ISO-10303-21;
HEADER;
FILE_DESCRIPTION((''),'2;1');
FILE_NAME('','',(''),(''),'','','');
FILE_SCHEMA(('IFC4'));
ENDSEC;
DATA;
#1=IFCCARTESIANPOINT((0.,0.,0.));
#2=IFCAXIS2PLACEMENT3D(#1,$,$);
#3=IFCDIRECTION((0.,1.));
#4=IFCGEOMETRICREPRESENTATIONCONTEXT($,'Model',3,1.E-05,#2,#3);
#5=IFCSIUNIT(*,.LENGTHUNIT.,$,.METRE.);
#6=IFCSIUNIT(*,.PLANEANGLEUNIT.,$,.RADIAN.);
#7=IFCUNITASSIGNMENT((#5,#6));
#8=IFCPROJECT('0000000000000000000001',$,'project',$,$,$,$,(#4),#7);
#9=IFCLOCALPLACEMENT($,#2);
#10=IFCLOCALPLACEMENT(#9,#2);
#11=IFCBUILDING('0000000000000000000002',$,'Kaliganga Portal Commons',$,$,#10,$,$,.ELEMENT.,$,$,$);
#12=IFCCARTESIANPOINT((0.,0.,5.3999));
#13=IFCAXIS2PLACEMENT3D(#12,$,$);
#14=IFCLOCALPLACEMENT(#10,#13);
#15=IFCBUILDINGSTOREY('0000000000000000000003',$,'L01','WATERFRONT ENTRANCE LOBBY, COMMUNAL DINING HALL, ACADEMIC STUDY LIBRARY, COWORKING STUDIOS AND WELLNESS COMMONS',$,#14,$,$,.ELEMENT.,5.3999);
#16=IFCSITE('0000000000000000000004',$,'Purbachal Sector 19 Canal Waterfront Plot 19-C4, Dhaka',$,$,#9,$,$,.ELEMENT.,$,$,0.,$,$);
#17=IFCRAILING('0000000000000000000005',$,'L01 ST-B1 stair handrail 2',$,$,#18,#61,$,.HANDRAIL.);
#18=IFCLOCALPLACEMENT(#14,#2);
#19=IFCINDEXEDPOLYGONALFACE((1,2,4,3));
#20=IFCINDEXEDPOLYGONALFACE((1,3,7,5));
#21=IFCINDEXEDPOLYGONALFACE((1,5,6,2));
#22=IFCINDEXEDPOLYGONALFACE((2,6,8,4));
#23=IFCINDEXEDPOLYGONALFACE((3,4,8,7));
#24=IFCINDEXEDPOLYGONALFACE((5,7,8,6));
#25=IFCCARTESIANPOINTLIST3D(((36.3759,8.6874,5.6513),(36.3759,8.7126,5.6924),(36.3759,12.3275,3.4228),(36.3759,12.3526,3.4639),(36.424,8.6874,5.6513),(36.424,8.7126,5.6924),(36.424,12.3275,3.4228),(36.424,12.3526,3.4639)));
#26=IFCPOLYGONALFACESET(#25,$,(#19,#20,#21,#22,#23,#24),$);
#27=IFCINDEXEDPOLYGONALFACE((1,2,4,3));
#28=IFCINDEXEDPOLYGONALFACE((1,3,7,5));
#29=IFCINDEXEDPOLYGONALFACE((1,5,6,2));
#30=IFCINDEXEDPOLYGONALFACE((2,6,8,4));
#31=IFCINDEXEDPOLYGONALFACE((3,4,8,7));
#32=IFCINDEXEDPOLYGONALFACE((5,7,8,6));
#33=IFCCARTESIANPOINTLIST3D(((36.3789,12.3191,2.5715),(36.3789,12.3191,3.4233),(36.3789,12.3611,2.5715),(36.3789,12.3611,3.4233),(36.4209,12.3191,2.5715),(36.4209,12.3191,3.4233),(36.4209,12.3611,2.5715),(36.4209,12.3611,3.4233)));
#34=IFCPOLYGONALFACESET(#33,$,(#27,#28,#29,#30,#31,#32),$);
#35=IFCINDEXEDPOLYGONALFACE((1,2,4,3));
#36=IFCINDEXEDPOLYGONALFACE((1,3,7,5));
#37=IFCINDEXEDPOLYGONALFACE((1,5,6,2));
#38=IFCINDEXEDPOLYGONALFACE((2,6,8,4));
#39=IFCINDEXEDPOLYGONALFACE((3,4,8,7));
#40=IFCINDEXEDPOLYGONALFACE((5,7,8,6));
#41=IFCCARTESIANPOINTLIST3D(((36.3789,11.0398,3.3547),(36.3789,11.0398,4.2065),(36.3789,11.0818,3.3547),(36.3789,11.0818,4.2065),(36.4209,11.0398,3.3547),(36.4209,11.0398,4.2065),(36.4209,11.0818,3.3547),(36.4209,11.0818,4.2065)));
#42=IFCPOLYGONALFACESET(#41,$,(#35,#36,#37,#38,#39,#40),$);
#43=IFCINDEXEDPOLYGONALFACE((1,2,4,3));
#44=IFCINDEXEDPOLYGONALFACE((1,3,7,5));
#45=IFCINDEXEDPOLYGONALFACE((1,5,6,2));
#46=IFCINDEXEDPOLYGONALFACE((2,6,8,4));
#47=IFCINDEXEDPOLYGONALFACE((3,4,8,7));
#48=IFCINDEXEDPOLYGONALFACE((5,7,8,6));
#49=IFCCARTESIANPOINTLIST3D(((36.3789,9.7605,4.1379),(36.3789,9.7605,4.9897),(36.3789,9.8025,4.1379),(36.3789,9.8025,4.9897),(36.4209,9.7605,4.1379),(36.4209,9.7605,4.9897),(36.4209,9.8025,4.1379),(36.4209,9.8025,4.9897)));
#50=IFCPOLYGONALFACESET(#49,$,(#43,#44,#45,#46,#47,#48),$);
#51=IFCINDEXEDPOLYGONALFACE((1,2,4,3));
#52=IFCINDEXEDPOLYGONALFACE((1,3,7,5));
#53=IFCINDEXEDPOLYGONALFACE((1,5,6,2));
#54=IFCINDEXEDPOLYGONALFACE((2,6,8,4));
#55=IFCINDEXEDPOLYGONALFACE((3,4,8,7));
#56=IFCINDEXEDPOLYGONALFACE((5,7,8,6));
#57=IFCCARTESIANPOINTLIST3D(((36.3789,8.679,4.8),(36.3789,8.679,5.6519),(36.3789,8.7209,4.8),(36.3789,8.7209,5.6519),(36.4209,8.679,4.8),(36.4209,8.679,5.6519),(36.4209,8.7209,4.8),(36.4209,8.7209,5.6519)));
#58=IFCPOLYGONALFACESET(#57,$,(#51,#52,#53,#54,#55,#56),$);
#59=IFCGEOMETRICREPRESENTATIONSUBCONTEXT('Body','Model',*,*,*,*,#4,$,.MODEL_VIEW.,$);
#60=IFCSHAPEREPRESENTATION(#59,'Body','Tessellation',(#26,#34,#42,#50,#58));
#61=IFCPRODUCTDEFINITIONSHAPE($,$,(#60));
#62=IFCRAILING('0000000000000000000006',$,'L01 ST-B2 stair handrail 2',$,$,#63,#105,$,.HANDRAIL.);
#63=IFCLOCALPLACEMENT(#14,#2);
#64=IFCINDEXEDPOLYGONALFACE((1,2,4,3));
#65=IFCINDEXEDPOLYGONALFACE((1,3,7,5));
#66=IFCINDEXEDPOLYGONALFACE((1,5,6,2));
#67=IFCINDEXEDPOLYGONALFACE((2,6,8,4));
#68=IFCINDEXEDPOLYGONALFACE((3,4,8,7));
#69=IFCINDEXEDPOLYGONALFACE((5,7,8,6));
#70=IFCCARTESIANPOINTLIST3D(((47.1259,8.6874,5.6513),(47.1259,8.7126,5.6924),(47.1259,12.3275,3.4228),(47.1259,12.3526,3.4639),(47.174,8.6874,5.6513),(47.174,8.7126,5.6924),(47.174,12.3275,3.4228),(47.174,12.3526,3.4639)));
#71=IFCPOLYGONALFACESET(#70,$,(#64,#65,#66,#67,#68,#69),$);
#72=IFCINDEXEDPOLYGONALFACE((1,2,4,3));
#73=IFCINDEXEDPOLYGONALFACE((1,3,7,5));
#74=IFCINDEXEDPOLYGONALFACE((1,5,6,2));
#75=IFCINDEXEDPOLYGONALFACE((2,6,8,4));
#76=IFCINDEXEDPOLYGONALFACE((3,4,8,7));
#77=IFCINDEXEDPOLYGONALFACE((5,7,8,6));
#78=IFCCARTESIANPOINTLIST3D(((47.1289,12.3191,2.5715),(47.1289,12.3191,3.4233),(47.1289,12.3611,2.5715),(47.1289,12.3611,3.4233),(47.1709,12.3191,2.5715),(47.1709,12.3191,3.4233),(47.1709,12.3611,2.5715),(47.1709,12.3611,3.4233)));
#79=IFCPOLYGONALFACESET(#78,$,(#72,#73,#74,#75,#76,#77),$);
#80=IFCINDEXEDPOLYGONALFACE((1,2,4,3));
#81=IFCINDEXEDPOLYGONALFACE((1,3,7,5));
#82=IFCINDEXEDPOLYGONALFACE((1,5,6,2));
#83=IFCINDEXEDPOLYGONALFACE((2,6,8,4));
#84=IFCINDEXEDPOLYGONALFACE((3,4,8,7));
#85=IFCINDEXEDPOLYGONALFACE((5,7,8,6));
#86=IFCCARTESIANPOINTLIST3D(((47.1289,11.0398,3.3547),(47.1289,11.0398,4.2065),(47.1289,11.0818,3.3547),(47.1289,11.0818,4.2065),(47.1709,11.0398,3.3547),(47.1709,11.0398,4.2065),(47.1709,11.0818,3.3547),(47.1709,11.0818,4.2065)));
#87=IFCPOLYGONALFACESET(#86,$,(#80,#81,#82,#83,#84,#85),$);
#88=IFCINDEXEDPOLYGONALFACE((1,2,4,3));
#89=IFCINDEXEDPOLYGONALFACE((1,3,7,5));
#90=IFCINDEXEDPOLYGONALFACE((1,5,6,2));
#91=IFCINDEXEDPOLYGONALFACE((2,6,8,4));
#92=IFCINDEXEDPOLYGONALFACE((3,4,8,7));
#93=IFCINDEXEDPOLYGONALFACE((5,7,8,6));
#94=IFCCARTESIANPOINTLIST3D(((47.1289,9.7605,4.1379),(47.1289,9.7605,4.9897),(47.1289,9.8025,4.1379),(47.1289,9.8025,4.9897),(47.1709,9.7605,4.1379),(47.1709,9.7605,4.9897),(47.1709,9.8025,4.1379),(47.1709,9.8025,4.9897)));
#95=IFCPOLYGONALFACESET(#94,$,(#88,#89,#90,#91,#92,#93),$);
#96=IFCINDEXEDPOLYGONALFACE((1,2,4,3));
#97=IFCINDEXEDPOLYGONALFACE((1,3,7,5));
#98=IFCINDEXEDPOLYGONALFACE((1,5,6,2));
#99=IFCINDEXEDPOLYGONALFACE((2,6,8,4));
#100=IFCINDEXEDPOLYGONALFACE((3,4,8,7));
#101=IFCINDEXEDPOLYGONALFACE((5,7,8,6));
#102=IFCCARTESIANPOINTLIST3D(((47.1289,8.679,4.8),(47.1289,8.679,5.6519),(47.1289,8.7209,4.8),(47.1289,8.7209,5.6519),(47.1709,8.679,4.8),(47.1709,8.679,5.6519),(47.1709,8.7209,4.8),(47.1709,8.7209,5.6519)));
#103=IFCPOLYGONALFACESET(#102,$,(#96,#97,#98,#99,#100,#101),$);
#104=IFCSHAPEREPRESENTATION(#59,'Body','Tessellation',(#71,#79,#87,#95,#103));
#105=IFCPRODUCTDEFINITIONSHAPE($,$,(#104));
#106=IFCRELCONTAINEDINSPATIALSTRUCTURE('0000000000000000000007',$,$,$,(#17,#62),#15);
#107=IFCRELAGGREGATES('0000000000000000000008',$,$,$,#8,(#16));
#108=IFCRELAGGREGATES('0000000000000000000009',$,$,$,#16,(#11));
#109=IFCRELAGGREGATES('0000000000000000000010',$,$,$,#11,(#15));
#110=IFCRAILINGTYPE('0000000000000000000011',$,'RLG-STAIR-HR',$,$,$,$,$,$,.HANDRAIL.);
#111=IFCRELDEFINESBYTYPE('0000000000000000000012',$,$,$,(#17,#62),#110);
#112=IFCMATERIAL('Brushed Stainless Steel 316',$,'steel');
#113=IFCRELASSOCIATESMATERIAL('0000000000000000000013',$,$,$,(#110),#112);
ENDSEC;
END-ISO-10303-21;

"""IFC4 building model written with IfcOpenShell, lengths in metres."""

from ifc_helpers import new_model, si_unit, direction, frame, origin, origin_2d, place, context, subcontext, project, spatial, rectangle, extrude, material, type_object, element, save


model = new_model("IFC4")

# Units and contexts
model_context = context("Model", 3, precision=1e-05, world=origin(), true_north=direction((0.0, 1.0)))
body_context = subcontext(model_context, "Body", "Model", "MODEL_VIEW")
ifc_project = project(units=[si_unit("LENGTHUNIT", "METRE"), si_unit("PLANEANGLEUNIT", "RADIAN")], contexts=[model_context])

# Site, building, storey
site_placement = place(None, origin())
site = spatial("IfcSite", under=ifc_project, at=site_placement, Name="Purbachal Sector 19 Canal Waterfront Plot 19-C4, Dhaka", CompositionType="ELEMENT", RefElevation=0.0)
building_placement = place(site_placement, origin())
building = spatial("IfcBuilding", under=site, at=building_placement, Name="Kaliganga Portal Commons", CompositionType="ELEMENT")
storey_placement = place(building_placement, frame((0.0, 0.0, 5.3999)))
storey = spatial("IfcBuildingStorey", under=building, at=storey_placement, Name="L01", Description="WATERFRONT ENTRANCE LOBBY, COMMUNAL DINING HALL, ACADEMIC STUDY LIBRARY, COWORKING STUDIOS AND WELLNESS COMMONS", CompositionType="ELEMENT", Elevation=5.3999)

# Railings
ifc_material_1 = material(Name="Brushed Stainless Steel 316", Category="steel")
railing_type_1 = type_object("IfcRailingType", Name="RLG-STAIR-HR", PredefinedType="HANDRAIL", material=ifc_material_1)
for number, where, name in (
    (1, (36.3999, 12.3401, 2.5715), "L01 ST-B1 stair handrail 2"),
    (2, (47.1499, 12.3401, 2.5715), "L01 ST-B2 stair handrail 2"),
):
    element("IfcRailing", number, at=place(storey_placement, frame(where)), inside=storey, type_object=railing_type_1, Name=name, PredefinedType="HANDRAIL", context=body_context, shape_type="SweptSolid", body=[
        extrude(rectangle(XDim=0.0481, YDim=0.0481, at=origin_2d()), frame((0.0, 0.0, 0.8718), z_axis=(0.0, -0.852866, 0.52213), x_axis=(1.0, 0.0, 0.0)), (0.0, 0.0, 1.0), 4.2681),
        extrude(rectangle(XDim=0.042, YDim=0.042, at=origin_2d()), origin(), (0.0, 0.0, 1.0), 0.8518),
        extrude(rectangle(XDim=0.042, YDim=0.042, at=origin_2d()), frame((0.0, -1.2793, 0.7832)), (0.0, 0.0, 1.0), 0.8518),
        extrude(rectangle(XDim=0.042, YDim=0.042, at=origin_2d()), frame((0.0, -2.5586, 1.5664)), (0.0, 0.0, 1.0), 0.8518),
        extrude(rectangle(XDim=0.042, YDim=0.042, at=origin_2d()), frame((0.0, -3.6401, 2.2285)), (0.0, 0.0, 1.0), 0.8518),
    ])

save(model, "model.ifc")
